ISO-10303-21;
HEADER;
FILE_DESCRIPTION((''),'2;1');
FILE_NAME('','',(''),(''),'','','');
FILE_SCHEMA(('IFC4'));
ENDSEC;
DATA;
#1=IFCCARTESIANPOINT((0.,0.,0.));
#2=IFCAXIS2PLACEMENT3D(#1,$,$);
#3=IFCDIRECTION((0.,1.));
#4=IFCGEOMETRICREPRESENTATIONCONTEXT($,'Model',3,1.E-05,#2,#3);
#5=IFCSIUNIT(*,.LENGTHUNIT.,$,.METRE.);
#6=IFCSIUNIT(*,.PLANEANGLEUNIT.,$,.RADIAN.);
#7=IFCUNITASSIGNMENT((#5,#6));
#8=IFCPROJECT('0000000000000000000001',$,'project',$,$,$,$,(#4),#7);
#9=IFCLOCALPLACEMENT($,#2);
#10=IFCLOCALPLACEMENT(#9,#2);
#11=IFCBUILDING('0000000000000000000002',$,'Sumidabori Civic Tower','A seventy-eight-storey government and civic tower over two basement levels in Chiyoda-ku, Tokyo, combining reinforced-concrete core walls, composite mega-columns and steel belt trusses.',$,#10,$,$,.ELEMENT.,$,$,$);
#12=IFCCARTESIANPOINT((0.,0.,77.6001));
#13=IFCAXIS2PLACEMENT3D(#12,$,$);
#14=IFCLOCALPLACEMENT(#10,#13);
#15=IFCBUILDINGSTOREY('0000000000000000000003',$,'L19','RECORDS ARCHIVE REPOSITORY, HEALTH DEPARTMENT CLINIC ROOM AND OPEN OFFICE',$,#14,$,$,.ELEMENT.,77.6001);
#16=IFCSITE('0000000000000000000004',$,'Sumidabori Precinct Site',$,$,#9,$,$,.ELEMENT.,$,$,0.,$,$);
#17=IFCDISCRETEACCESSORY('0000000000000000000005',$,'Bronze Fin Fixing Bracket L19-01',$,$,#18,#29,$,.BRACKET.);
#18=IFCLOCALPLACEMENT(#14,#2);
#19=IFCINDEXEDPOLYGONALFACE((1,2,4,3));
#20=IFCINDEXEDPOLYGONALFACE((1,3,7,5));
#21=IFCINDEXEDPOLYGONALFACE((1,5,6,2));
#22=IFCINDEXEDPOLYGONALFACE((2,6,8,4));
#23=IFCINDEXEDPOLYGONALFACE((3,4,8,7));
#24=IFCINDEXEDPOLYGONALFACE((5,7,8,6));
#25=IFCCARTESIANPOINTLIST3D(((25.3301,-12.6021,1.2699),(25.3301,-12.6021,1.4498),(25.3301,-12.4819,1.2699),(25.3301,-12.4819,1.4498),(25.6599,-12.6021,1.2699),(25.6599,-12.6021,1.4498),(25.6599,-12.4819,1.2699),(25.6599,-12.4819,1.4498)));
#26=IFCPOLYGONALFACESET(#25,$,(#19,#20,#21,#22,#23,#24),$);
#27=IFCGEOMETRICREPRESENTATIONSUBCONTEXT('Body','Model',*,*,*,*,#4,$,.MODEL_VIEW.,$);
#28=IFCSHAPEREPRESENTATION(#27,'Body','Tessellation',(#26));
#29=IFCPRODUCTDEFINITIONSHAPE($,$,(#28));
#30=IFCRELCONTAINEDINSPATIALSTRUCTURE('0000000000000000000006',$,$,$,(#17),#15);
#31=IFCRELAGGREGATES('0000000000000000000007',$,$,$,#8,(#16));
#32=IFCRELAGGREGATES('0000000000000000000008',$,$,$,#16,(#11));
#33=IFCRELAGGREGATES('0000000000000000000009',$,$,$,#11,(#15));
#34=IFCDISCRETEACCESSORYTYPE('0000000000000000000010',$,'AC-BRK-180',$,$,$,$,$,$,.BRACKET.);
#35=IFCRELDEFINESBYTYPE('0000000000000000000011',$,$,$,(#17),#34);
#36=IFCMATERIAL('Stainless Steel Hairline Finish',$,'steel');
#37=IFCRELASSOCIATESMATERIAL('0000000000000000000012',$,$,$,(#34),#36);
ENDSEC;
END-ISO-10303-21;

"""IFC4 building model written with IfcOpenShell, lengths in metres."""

from ifc_helpers import new_model, si_unit, direction, frame, origin, origin_2d, place, context, subcontext, project, spatial, rectangle, extrude, source, transform, mapped, material, material_profile, profile_set, type_object, element, save


model = new_model("IFC4")

# Units and contexts
model_context = context("Model", 3, precision=1e-05, world=origin(), true_north=direction((0.0, 1.0)))
body_context = subcontext(model_context, "Body", "Model", "MODEL_VIEW")
ifc_project = project(units=[si_unit("LENGTHUNIT", "METRE"), si_unit("PLANEANGLEUNIT", "RADIAN")], contexts=[model_context])

# Site, building, storey
site_placement = place(None, origin())
site = spatial("IfcSite", under=ifc_project, at=site_placement, Name="Sumidabori Precinct Site", CompositionType="ELEMENT", RefElevation=0.0)
building_placement = place(site_placement, origin())
building = spatial("IfcBuilding", under=site, at=building_placement, Name="Sumidabori Civic Tower", Description="A seventy-eight-storey government and civic tower over two basement levels in Chiyoda-ku, Tokyo, combining reinforced-concrete core walls, composite mega-columns and steel belt trusses.", CompositionType="ELEMENT")
storey_placement = place(building_placement, frame((0.0, 0.0, 77.6001)))
storey = spatial("IfcBuildingStorey", under=building, at=storey_placement, Name="L19", Description="RECORDS ARCHIVE REPOSITORY, HEALTH DEPARTMENT CLINIC ROOM AND OPEN OFFICE", CompositionType="ELEMENT", Elevation=77.6001)

# Discrete accessory
ifc_material_1 = material(Name="Stainless Steel Hairline Finish", Category="steel")
ifc_material_profile_1 = material_profile(ifc_material_1, rectangle(XDim=0.1201, YDim=0.1799, at=origin_2d()), Name="STEEL BRACKET 180x120")
ifc_profile_set_1 = profile_set([ifc_material_profile_1], Name="Stainless Steel Hairline Finish")
discrete_accessory_type = type_object("IfcDiscreteAccessoryType", Name="AC-BRK-180", PredefinedType="BRACKET", material=ifc_profile_set_1)
shared_shape_1 = source(origin(), body_context, "Body", "SweptSolid", [
    extrude(rectangle(XDim=0.1201, YDim=0.1799, at=origin_2d()), origin(), (0.0, 0.0, 1.0), 0.3298),
])
discrete_accessory_placement = place(storey_placement, frame((25.3301, -12.542, 1.3599), z_axis=(1.0, 0.0, 0.0), x_axis=(0.0, 1.0, 0.0)))
element("IfcDiscreteAccessory", 1, at=discrete_accessory_placement, inside=storey, type_object=discrete_accessory_type, Name="Bronze Fin Fixing Bracket L19-01", PredefinedType="BRACKET", context=body_context, shape_type="MappedRepresentation", body=[
    mapped(shared_shape_1, transform((0.0, 0.0, 0.0), x_axis=(1.0, 0.0, 0.0), y_axis=(0.0, 1.0, 0.0), z_axis=(0.0, 0.0, 1.0), scale=1.0)),
])

save(model, "model.ifc")
